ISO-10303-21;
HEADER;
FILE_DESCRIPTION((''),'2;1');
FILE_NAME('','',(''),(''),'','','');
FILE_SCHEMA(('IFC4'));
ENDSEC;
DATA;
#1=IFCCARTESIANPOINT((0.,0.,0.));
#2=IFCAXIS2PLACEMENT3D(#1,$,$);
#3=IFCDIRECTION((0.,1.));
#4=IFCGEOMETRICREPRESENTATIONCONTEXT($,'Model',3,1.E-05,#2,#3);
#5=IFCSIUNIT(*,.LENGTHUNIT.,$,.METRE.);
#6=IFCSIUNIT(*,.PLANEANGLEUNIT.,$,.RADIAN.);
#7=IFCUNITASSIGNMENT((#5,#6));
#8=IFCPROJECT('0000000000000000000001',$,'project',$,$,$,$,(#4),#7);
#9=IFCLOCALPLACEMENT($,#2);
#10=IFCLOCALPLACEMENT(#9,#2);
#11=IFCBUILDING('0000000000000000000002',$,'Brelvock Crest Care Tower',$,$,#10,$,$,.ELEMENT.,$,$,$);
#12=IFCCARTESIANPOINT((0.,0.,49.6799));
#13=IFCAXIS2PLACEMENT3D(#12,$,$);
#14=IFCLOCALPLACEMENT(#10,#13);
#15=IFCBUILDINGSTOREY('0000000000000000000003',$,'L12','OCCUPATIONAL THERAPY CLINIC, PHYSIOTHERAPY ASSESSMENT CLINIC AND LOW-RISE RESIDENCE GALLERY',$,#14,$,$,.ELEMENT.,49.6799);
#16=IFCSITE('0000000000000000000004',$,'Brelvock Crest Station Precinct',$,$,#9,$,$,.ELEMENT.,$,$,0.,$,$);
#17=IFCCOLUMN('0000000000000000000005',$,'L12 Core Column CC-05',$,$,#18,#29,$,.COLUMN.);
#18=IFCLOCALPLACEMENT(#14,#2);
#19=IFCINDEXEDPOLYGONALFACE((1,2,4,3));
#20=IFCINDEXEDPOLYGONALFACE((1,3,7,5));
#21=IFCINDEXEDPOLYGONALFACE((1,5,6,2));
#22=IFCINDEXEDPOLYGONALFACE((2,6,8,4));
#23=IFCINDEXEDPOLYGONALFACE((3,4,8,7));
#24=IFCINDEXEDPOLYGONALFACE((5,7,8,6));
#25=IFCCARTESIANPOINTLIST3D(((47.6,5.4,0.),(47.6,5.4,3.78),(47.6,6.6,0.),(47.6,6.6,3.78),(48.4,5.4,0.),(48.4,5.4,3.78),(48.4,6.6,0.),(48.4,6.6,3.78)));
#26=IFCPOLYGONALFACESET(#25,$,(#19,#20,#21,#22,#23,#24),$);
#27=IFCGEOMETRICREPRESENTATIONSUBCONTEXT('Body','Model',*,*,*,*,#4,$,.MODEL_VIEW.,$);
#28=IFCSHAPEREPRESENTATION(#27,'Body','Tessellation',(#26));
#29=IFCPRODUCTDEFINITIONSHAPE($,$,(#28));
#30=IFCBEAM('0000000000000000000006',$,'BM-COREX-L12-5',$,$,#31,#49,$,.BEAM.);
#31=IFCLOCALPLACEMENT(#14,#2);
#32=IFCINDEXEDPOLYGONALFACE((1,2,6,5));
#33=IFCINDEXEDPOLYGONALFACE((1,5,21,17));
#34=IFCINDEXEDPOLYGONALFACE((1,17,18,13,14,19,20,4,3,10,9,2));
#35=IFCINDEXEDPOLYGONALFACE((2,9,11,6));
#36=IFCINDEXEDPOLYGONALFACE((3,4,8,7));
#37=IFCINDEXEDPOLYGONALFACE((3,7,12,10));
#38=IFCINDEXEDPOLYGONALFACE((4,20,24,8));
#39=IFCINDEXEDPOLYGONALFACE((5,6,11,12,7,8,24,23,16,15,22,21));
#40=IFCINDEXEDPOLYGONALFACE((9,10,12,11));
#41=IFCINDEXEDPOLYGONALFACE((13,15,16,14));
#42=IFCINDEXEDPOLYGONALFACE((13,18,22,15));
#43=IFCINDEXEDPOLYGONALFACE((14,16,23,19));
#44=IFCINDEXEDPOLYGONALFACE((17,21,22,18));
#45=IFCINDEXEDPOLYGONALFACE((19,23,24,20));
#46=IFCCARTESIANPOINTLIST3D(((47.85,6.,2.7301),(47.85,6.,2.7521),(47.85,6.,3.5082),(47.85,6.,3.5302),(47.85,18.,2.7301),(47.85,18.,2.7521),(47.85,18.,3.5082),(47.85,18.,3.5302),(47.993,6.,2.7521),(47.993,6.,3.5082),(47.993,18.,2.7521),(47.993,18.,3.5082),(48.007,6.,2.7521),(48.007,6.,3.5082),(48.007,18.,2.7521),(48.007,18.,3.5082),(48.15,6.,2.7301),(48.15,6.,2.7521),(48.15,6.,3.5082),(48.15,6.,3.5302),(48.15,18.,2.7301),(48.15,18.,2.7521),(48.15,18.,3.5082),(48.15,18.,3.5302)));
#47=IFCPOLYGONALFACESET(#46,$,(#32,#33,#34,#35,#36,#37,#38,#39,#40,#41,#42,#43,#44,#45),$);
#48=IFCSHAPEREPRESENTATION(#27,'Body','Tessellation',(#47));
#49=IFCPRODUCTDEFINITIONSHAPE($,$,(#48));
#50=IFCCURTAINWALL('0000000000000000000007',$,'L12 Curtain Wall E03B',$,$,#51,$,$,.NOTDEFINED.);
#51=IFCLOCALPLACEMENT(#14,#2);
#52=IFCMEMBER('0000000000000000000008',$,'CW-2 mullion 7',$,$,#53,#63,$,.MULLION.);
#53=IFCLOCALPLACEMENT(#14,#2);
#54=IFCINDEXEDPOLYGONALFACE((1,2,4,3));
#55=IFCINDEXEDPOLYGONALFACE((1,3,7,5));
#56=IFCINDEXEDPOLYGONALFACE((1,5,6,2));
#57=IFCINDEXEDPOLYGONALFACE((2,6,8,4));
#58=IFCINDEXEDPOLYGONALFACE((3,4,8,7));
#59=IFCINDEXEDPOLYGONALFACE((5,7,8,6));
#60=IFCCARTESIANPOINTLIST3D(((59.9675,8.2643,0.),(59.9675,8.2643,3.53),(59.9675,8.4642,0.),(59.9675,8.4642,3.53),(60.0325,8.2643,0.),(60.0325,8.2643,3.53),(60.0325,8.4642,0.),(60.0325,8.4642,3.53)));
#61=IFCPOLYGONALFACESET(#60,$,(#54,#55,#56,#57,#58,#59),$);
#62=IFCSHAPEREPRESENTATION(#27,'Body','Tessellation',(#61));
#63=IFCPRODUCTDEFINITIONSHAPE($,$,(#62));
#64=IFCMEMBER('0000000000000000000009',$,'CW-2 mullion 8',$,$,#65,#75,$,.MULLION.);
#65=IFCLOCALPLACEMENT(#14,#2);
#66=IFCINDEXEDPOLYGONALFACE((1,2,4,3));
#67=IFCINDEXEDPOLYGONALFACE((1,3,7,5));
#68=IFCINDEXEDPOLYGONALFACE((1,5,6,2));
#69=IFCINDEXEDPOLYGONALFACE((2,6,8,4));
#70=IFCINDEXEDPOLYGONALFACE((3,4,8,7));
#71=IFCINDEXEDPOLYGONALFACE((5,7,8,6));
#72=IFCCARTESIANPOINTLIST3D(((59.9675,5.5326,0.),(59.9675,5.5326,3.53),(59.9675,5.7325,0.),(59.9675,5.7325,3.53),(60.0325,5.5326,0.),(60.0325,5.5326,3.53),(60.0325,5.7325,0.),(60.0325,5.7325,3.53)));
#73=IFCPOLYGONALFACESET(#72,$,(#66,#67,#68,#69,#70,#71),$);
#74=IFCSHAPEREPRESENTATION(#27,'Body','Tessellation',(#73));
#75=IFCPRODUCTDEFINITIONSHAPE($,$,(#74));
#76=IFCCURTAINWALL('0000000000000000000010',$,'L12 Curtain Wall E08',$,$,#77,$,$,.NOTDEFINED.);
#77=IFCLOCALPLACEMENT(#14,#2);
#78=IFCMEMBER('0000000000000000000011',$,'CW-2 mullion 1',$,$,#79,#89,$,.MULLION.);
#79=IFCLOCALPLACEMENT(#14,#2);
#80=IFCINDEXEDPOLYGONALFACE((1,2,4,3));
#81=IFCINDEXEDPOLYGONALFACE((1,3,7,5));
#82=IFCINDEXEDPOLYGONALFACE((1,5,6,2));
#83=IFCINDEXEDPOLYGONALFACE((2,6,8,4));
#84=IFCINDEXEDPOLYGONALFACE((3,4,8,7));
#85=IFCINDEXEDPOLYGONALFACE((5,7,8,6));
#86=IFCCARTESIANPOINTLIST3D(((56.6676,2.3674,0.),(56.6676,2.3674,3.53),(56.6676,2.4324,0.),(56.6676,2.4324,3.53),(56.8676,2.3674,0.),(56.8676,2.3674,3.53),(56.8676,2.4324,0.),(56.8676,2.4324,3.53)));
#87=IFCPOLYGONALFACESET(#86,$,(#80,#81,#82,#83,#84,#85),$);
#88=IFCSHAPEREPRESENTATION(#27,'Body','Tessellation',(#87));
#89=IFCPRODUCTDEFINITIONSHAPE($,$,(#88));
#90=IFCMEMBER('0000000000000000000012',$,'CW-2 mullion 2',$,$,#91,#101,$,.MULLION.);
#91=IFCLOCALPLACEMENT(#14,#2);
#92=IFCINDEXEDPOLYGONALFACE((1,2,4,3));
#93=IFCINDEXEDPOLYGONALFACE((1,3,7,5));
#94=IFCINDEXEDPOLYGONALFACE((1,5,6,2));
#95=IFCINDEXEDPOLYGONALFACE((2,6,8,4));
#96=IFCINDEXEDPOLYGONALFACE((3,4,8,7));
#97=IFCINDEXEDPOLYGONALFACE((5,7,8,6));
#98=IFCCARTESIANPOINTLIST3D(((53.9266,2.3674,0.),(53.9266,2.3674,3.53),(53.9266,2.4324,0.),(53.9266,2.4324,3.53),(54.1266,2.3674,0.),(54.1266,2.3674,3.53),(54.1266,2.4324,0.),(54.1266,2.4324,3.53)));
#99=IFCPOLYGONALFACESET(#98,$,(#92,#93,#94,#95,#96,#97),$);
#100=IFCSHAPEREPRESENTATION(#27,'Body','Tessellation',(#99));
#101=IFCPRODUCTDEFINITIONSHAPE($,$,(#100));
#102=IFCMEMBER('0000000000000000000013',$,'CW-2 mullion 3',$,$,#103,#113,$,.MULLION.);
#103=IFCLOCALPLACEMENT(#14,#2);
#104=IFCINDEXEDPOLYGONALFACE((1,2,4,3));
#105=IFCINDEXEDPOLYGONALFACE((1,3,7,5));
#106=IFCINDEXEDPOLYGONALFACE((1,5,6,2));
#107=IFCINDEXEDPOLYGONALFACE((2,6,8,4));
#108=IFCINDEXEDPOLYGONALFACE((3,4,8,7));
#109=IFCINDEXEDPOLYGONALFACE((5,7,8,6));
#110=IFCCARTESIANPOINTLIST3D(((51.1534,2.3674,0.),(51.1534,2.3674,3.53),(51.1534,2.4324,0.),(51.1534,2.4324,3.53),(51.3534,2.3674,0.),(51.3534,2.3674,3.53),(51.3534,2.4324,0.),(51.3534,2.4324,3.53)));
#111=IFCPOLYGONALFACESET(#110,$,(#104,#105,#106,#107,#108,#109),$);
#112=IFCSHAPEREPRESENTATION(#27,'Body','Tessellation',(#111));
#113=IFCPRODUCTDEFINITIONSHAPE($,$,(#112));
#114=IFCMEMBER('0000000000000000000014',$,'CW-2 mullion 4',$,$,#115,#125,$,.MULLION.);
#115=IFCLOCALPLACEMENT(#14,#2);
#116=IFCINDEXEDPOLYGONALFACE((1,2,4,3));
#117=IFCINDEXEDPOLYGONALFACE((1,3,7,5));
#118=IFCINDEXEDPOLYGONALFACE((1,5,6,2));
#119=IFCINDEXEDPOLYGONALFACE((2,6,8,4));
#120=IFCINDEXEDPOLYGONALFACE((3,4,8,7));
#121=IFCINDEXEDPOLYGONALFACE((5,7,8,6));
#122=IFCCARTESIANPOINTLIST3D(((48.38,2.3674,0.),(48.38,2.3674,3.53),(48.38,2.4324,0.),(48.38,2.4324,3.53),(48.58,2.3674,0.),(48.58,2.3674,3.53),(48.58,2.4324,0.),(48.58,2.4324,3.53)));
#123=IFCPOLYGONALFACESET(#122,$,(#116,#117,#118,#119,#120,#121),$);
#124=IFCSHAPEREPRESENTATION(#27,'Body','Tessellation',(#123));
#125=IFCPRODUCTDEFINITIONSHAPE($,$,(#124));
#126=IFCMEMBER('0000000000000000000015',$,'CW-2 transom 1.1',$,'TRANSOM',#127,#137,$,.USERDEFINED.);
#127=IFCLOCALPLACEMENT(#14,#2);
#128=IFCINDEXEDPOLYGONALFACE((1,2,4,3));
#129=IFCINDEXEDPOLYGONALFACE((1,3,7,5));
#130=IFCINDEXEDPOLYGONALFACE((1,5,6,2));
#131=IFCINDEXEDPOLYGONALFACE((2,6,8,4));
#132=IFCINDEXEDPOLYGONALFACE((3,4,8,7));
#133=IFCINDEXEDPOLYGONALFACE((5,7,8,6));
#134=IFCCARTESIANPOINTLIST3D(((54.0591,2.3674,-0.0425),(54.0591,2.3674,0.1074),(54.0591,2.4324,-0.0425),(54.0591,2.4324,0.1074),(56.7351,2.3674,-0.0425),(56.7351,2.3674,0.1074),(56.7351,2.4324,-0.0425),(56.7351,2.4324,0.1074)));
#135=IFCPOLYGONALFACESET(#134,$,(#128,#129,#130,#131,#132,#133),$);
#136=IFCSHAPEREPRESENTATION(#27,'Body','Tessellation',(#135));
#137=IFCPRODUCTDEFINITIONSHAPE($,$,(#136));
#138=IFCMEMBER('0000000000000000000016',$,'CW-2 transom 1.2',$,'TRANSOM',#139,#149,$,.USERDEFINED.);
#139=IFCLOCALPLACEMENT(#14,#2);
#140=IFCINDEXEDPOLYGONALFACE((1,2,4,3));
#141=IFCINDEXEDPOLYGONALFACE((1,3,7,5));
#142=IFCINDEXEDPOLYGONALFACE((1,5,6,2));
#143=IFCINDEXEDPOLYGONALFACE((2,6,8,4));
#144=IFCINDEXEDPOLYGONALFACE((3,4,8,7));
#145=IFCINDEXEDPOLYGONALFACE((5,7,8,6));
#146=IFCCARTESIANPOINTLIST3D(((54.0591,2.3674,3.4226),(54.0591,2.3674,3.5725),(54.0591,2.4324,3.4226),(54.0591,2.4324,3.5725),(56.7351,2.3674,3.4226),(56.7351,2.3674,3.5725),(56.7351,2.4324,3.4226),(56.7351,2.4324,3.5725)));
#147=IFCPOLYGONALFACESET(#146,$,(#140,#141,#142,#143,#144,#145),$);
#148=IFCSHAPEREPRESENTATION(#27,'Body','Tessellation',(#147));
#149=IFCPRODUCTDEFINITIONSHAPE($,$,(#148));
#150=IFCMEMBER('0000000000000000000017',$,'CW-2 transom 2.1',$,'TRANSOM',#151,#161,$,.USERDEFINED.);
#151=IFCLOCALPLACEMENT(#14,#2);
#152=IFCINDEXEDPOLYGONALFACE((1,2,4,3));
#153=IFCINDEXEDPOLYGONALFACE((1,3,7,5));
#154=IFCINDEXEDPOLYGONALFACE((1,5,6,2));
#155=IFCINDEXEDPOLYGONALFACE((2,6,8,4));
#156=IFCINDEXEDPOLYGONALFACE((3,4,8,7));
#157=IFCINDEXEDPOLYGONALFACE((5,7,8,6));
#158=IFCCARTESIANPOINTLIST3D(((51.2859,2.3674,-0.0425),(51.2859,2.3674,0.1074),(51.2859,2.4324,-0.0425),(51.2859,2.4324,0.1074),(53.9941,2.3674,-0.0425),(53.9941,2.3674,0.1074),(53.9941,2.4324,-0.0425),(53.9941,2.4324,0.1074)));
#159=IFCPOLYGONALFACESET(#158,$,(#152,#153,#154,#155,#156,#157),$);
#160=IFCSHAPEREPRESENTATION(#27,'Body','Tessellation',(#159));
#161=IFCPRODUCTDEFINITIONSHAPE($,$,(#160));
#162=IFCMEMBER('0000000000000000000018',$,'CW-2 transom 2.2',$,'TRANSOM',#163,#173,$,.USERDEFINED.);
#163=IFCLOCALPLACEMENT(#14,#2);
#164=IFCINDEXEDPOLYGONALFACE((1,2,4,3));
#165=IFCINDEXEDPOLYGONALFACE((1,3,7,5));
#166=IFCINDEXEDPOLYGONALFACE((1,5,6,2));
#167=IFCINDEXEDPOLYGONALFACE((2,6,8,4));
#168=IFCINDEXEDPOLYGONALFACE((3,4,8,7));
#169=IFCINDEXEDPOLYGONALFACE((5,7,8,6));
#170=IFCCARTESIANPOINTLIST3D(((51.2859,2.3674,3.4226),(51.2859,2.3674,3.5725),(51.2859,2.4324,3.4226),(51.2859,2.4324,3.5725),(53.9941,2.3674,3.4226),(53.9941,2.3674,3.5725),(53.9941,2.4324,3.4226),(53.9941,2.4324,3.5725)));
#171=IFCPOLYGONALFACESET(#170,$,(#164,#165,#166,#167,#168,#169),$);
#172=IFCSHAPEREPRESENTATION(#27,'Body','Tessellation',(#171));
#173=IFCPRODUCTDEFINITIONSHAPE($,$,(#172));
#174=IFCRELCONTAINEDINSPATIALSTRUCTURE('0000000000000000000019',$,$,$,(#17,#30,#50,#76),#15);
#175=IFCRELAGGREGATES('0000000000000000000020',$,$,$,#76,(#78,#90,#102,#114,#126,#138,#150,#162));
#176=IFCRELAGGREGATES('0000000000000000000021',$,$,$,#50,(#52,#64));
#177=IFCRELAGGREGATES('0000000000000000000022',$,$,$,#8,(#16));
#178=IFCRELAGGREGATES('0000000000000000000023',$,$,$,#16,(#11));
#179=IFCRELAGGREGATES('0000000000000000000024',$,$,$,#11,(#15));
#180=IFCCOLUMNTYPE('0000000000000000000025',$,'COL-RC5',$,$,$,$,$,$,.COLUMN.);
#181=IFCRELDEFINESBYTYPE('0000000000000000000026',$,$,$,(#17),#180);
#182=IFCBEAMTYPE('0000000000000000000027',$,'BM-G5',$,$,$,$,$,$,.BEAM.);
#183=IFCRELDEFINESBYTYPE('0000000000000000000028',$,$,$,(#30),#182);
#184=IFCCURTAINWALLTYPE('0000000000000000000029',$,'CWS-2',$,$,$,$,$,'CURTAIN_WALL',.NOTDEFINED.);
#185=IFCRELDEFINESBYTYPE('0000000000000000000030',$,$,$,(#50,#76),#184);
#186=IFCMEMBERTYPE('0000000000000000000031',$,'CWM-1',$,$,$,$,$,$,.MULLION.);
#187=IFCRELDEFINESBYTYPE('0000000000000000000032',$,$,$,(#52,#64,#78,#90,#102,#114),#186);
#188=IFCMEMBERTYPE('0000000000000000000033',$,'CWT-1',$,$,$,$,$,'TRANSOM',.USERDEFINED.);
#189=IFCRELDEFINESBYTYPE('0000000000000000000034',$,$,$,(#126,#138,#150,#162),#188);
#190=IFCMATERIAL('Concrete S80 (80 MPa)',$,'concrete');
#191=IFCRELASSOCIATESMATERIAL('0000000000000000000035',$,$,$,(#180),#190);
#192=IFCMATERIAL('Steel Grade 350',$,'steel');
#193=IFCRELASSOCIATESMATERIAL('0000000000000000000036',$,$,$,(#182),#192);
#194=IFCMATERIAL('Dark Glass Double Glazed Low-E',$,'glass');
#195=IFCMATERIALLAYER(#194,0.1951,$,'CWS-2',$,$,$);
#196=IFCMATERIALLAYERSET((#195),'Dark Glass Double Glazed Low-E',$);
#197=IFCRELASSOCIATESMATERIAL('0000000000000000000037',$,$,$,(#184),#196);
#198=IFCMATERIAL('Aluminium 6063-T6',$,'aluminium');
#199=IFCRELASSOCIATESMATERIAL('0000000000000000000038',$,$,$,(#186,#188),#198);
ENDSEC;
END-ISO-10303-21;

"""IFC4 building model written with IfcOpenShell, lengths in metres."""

from ifc_helpers import new_model, si_unit, direction, frame, origin, origin_2d, place, context, subcontext, project, spatial, rectangle, i_section, extrude, source, transform, mapped, material, layer, layer_set, material_profile, profile_set, type_object, element, aggregate, save


model = new_model("IFC4")

# Units and contexts
model_context = context("Model", 3, precision=1e-05, world=origin(), true_north=direction((0.0, 1.0)))
body_context = subcontext(model_context, "Body", "Model", "MODEL_VIEW")
ifc_project = project(units=[si_unit("LENGTHUNIT", "METRE"), si_unit("PLANEANGLEUNIT", "RADIAN")], contexts=[model_context])

# Site, building, storey
site_placement = place(None, origin())
site = spatial("IfcSite", under=ifc_project, at=site_placement, Name="Brelvock Crest Station Precinct", CompositionType="ELEMENT", RefElevation=0.0)
building_placement = place(site_placement, origin())
building = spatial("IfcBuilding", under=site, at=building_placement, Name="Brelvock Crest Care Tower", CompositionType="ELEMENT")
storey_placement = place(building_placement, frame((0.0, 0.0, 49.6799)))
storey = spatial("IfcBuildingStorey", under=building, at=storey_placement, Name="L12", Description="OCCUPATIONAL THERAPY CLINIC, PHYSIOTHERAPY ASSESSMENT CLINIC AND LOW-RISE RESIDENCE GALLERY", CompositionType="ELEMENT", Elevation=49.6799)

# Column
ifc_material_1 = material(Name="Concrete S80 (80 MPa)", Category="concrete")
ifc_material_profile_1 = material_profile(ifc_material_1, rectangle(XDim=0.8, YDim=1.2, at=origin_2d()), Name="RC800x1200")
ifc_profile_set_1 = profile_set([ifc_material_profile_1], Name="Concrete S80 (80 MPa)")
column_type = type_object("IfcColumnType", Name="COL-RC5", PredefinedType="COLUMN", material=ifc_profile_set_1)
shared_shape_1 = source(origin(), body_context, "Body", "SweptSolid", [
    extrude(rectangle(XDim=0.8, YDim=1.2, at=origin_2d()), origin(), (0.0, 0.0, 1.0), 3.78),
])
column_placement = place(storey_placement, frame((48.0, 6.0, 0.0), z_axis=(0.0, 0.0, 1.0), x_axis=(1.0, 0.0, 0.0)))
element("IfcColumn", 1, at=column_placement, inside=storey, type_object=column_type, Name="L12 Core Column CC-05", PredefinedType="COLUMN", context=body_context, shape_type="MappedRepresentation", body=[
    mapped(shared_shape_1, transform((0.0, 0.0, 0.0), x_axis=(1.0, 0.0, 0.0), y_axis=(0.0, 1.0, 0.0), z_axis=(0.0, 0.0, 1.0), scale=1.0)),
])

# Beam
ifc_material_2 = material(Name="Steel Grade 350", Category="steel")
ifc_material_profile_2 = material_profile(ifc_material_2, i_section(OverallWidth=0.3, OverallDepth=0.8, WebThickness=0.0139, FlangeThickness=0.022, at=origin_2d()), Name="800WB192")
ifc_profile_set_2 = profile_set([ifc_material_profile_2], Name="Steel Grade 350")
beam_type = type_object("IfcBeamType", Name="BM-G5", PredefinedType="BEAM", material=ifc_profile_set_2)
shared_shape_2 = source(origin(), body_context, "Body", "SweptSolid", [
    extrude(i_section(OverallWidth=0.3, OverallDepth=0.8, WebThickness=0.0139, FlangeThickness=0.022, at=origin_2d()), origin(), (0.0, 0.0, 1.0), 12.0),
])
beam_placement = place(storey_placement, frame((48.0, 6.0, 3.1301), z_axis=(0.0, 1.0, 0.0), x_axis=(-1.0, 0.0, 0.0)))
element("IfcBeam", 2, at=beam_placement, inside=storey, type_object=beam_type, Name="BM-COREX-L12-5", PredefinedType="BEAM", context=body_context, shape_type="MappedRepresentation", body=[
    mapped(shared_shape_2, transform((0.0, 0.0, 0.0), x_axis=(1.0, 0.0, 0.0), y_axis=(0.0, 1.0, 0.0), z_axis=(0.0, 0.0, 1.0), scale=1.0)),
])

# Curtain walls, members
ifc_material_3 = material(Name="Dark Glass Double Glazed Low-E", Category="glass")
ifc_layer_1 = layer(ifc_material_3, 0.1951, Name="CWS-2")
ifc_layer_set_1 = layer_set([ifc_layer_1], Name="Dark Glass Double Glazed Low-E")
curtain_wall_type = type_object("IfcCurtainWallType", Name="CWS-2", ElementType="CURTAIN_WALL", PredefinedType="NOTDEFINED", material=ifc_layer_set_1)
curtain_wall_1_placement = place(storey_placement, origin())
curtain_wall_1 = element("IfcCurtainWall", 3, at=curtain_wall_1_placement, inside=storey, type_object=curtain_wall_type, Name="L12 Curtain Wall E03B", PredefinedType="NOTDEFINED")
ifc_material_4 = material(Name="Aluminium 6063-T6", Category="aluminium")
ifc_material_profile_3 = material_profile(ifc_material_4, rectangle(XDim=0.0649, YDim=0.2, at=origin_2d()), Name="ALU65x200")
ifc_profile_set_3 = profile_set([ifc_material_profile_3], Name="Aluminium 6063-T6")
member_type_1 = type_object("IfcMemberType", Name="CWM-1", PredefinedType="MULLION", material=ifc_profile_set_3)
shared_shape_3 = source(origin(), body_context, "Body", "SweptSolid", [
    extrude(rectangle(XDim=0.0649, YDim=0.2, at=origin_2d()), origin(), (0.0, 0.0, 1.0), 3.53),
])
member_1_placement = place(storey_placement, frame((60.0, 8.3643, 0.0), z_axis=(0.0, 0.0, 1.0), x_axis=(1.0, 0.0, 0.0)))
member_1 = element("IfcMember", 4, at=member_1_placement, type_object=member_type_1, Name="CW-2 mullion 7", PredefinedType="MULLION", context=body_context, shape_type="MappedRepresentation", body=[
    mapped(shared_shape_3, transform((0.0, 0.0, 0.0), x_axis=(1.0, 0.0, 0.0), y_axis=(0.0, 1.0, 0.0), z_axis=(0.0, 0.0, 1.0), scale=1.0)),
])
member_2_placement = place(storey_placement, frame((60.0, 5.6326, 0.0), z_axis=(0.0, 0.0, 1.0), x_axis=(1.0, 0.0, 0.0)))
member_2 = element("IfcMember", 5, at=member_2_placement, type_object=member_type_1, Name="CW-2 mullion 8", PredefinedType="MULLION", context=body_context, shape_type="MappedRepresentation", body=[
    mapped(shared_shape_3, transform((0.0, 0.0, 0.0), x_axis=(1.0, 0.0, 0.0), y_axis=(0.0, 1.0, 0.0), z_axis=(0.0, 0.0, 1.0), scale=1.0)),
])
curtain_wall_2_placement = place(storey_placement, origin())
curtain_wall_2 = element("IfcCurtainWall", 6, at=curtain_wall_2_placement, inside=storey, type_object=curtain_wall_type, Name="L12 Curtain Wall E08", PredefinedType="NOTDEFINED")
member_3_placement = place(storey_placement, frame((56.7676, 2.3999, 0.0), z_axis=(0.0, 0.0, 1.0), x_axis=(0.0, -1.0, 0.0)))
member_3 = element("IfcMember", 7, at=member_3_placement, type_object=member_type_1, Name="CW-2 mullion 1", PredefinedType="MULLION", context=body_context, shape_type="MappedRepresentation", body=[
    mapped(shared_shape_3, transform((0.0, 0.0, 0.0), x_axis=(1.0, 0.0, 0.0), y_axis=(0.0, 1.0, 0.0), z_axis=(0.0, 0.0, 1.0), scale=1.0)),
])
member_4_placement = place(storey_placement, frame((54.0266, 2.3999, 0.0), z_axis=(0.0, 0.0, 1.0), x_axis=(0.0, -1.0, 0.0)))
member_4 = element("IfcMember", 8, at=member_4_placement, type_object=member_type_1, Name="CW-2 mullion 2", PredefinedType="MULLION", context=body_context, shape_type="MappedRepresentation", body=[
    mapped(shared_shape_3, transform((0.0, 0.0, 0.0), x_axis=(1.0, 0.0, 0.0), y_axis=(0.0, 1.0, 0.0), z_axis=(0.0, 0.0, 1.0), scale=1.0)),
])
member_5_placement = place(storey_placement, frame((51.2534, 2.3999, 0.0), z_axis=(0.0, 0.0, 1.0), x_axis=(0.0, -1.0, 0.0)))
member_5 = element("IfcMember", 9, at=member_5_placement, type_object=member_type_1, Name="CW-2 mullion 3", PredefinedType="MULLION", context=body_context, shape_type="MappedRepresentation", body=[
    mapped(shared_shape_3, transform((0.0, 0.0, 0.0), x_axis=(1.0, 0.0, 0.0), y_axis=(0.0, 1.0, 0.0), z_axis=(0.0, 0.0, 1.0), scale=1.0)),
])
member_6_placement = place(storey_placement, frame((48.48, 2.3999, 0.0), z_axis=(0.0, 0.0, 1.0), x_axis=(0.0, -1.0, 0.0)))
member_6 = element("IfcMember", 10, at=member_6_placement, type_object=member_type_1, Name="CW-2 mullion 4", PredefinedType="MULLION", context=body_context, shape_type="MappedRepresentation", body=[
    mapped(shared_shape_3, transform((0.0, 0.0, 0.0), x_axis=(1.0, 0.0, 0.0), y_axis=(0.0, 1.0, 0.0), z_axis=(0.0, 0.0, 1.0), scale=1.0)),
])
ifc_material_profile_4 = material_profile(ifc_material_4, rectangle(XDim=0.0649, YDim=0.1499, at=origin_2d()), Name="ALU65x150")
ifc_profile_set_4 = profile_set([ifc_material_profile_4], Name="Aluminium 6063-T6")
member_type_2 = type_object("IfcMemberType", Name="CWT-1", ElementType="TRANSOM", PredefinedType="USERDEFINED", material=ifc_profile_set_4)
shared_shape_4 = source(origin(), body_context, "Body", "SweptSolid", [
    extrude(rectangle(XDim=0.0649, YDim=0.1499, at=origin_2d()), origin(), (0.0, 0.0, 1.0), 2.676),
])
member_7_placement = place(storey_placement, frame((56.7351, 2.3999, 0.0325), z_axis=(-1.0, 0.0, 0.0), x_axis=(0.0, -1.0, 0.0)))
member_7 = element("IfcMember", 11, at=member_7_placement, type_object=member_type_2, Name="CW-2 transom 1.1", ObjectType="TRANSOM", PredefinedType="USERDEFINED", context=body_context, shape_type="MappedRepresentation", body=[
    mapped(shared_shape_4, transform((0.0, 0.0, 0.0), x_axis=(1.0, 0.0, 0.0), y_axis=(0.0, 1.0, 0.0), z_axis=(0.0, 0.0, 1.0), scale=1.0)),
])
member_8_placement = place(storey_placement, frame((56.7351, 2.3999, 3.4976), z_axis=(-1.0, 0.0, 0.0), x_axis=(0.0, -1.0, 0.0)))
member_8 = element("IfcMember", 12, at=member_8_placement, type_object=member_type_2, Name="CW-2 transom 1.2", ObjectType="TRANSOM", PredefinedType="USERDEFINED", context=body_context, shape_type="MappedRepresentation", body=[
    mapped(shared_shape_4, transform((0.0, 0.0, 0.0), x_axis=(1.0, 0.0, 0.0), y_axis=(0.0, 1.0, 0.0), z_axis=(0.0, 0.0, 1.0), scale=1.0)),
])
shared_shape_5 = source(origin(), body_context, "Body", "SweptSolid", [
    extrude(rectangle(XDim=0.0649, YDim=0.1499, at=origin_2d()), origin(), (0.0, 0.0, 1.0), 2.7083),
])
member_9_placement = place(storey_placement, frame((53.9941, 2.3999, 0.0325), z_axis=(-1.0, 0.0, 0.0), x_axis=(0.0, -1.0, 0.0)))
member_9 = element("IfcMember", 13, at=member_9_placement, type_object=member_type_2, Name="CW-2 transom 2.1", ObjectType="TRANSOM", PredefinedType="USERDEFINED", context=body_context, shape_type="MappedRepresentation", body=[
    mapped(shared_shape_5, transform((0.0, 0.0, 0.0), x_axis=(1.0, 0.0, 0.0), y_axis=(0.0, 1.0, 0.0), z_axis=(0.0, 0.0, 1.0), scale=1.0)),
])
member_10_placement = place(storey_placement, frame((53.9941, 2.3999, 3.4976), z_axis=(-1.0, 0.0, 0.0), x_axis=(0.0, -1.0, 0.0)))
member_10 = element("IfcMember", 14, at=member_10_placement, type_object=member_type_2, Name="CW-2 transom 2.2", ObjectType="TRANSOM", PredefinedType="USERDEFINED", context=body_context, shape_type="MappedRepresentation", body=[
    mapped(shared_shape_5, transform((0.0, 0.0, 0.0), x_axis=(1.0, 0.0, 0.0), y_axis=(0.0, 1.0, 0.0), z_axis=(0.0, 0.0, 1.0), scale=1.0)),
])

aggregate(curtain_wall_2, [member_3, member_4, member_5, member_6, member_7, member_8, member_9, member_10])
aggregate(curtain_wall_1, [member_1, member_2])

save(model, "model.ifc")
